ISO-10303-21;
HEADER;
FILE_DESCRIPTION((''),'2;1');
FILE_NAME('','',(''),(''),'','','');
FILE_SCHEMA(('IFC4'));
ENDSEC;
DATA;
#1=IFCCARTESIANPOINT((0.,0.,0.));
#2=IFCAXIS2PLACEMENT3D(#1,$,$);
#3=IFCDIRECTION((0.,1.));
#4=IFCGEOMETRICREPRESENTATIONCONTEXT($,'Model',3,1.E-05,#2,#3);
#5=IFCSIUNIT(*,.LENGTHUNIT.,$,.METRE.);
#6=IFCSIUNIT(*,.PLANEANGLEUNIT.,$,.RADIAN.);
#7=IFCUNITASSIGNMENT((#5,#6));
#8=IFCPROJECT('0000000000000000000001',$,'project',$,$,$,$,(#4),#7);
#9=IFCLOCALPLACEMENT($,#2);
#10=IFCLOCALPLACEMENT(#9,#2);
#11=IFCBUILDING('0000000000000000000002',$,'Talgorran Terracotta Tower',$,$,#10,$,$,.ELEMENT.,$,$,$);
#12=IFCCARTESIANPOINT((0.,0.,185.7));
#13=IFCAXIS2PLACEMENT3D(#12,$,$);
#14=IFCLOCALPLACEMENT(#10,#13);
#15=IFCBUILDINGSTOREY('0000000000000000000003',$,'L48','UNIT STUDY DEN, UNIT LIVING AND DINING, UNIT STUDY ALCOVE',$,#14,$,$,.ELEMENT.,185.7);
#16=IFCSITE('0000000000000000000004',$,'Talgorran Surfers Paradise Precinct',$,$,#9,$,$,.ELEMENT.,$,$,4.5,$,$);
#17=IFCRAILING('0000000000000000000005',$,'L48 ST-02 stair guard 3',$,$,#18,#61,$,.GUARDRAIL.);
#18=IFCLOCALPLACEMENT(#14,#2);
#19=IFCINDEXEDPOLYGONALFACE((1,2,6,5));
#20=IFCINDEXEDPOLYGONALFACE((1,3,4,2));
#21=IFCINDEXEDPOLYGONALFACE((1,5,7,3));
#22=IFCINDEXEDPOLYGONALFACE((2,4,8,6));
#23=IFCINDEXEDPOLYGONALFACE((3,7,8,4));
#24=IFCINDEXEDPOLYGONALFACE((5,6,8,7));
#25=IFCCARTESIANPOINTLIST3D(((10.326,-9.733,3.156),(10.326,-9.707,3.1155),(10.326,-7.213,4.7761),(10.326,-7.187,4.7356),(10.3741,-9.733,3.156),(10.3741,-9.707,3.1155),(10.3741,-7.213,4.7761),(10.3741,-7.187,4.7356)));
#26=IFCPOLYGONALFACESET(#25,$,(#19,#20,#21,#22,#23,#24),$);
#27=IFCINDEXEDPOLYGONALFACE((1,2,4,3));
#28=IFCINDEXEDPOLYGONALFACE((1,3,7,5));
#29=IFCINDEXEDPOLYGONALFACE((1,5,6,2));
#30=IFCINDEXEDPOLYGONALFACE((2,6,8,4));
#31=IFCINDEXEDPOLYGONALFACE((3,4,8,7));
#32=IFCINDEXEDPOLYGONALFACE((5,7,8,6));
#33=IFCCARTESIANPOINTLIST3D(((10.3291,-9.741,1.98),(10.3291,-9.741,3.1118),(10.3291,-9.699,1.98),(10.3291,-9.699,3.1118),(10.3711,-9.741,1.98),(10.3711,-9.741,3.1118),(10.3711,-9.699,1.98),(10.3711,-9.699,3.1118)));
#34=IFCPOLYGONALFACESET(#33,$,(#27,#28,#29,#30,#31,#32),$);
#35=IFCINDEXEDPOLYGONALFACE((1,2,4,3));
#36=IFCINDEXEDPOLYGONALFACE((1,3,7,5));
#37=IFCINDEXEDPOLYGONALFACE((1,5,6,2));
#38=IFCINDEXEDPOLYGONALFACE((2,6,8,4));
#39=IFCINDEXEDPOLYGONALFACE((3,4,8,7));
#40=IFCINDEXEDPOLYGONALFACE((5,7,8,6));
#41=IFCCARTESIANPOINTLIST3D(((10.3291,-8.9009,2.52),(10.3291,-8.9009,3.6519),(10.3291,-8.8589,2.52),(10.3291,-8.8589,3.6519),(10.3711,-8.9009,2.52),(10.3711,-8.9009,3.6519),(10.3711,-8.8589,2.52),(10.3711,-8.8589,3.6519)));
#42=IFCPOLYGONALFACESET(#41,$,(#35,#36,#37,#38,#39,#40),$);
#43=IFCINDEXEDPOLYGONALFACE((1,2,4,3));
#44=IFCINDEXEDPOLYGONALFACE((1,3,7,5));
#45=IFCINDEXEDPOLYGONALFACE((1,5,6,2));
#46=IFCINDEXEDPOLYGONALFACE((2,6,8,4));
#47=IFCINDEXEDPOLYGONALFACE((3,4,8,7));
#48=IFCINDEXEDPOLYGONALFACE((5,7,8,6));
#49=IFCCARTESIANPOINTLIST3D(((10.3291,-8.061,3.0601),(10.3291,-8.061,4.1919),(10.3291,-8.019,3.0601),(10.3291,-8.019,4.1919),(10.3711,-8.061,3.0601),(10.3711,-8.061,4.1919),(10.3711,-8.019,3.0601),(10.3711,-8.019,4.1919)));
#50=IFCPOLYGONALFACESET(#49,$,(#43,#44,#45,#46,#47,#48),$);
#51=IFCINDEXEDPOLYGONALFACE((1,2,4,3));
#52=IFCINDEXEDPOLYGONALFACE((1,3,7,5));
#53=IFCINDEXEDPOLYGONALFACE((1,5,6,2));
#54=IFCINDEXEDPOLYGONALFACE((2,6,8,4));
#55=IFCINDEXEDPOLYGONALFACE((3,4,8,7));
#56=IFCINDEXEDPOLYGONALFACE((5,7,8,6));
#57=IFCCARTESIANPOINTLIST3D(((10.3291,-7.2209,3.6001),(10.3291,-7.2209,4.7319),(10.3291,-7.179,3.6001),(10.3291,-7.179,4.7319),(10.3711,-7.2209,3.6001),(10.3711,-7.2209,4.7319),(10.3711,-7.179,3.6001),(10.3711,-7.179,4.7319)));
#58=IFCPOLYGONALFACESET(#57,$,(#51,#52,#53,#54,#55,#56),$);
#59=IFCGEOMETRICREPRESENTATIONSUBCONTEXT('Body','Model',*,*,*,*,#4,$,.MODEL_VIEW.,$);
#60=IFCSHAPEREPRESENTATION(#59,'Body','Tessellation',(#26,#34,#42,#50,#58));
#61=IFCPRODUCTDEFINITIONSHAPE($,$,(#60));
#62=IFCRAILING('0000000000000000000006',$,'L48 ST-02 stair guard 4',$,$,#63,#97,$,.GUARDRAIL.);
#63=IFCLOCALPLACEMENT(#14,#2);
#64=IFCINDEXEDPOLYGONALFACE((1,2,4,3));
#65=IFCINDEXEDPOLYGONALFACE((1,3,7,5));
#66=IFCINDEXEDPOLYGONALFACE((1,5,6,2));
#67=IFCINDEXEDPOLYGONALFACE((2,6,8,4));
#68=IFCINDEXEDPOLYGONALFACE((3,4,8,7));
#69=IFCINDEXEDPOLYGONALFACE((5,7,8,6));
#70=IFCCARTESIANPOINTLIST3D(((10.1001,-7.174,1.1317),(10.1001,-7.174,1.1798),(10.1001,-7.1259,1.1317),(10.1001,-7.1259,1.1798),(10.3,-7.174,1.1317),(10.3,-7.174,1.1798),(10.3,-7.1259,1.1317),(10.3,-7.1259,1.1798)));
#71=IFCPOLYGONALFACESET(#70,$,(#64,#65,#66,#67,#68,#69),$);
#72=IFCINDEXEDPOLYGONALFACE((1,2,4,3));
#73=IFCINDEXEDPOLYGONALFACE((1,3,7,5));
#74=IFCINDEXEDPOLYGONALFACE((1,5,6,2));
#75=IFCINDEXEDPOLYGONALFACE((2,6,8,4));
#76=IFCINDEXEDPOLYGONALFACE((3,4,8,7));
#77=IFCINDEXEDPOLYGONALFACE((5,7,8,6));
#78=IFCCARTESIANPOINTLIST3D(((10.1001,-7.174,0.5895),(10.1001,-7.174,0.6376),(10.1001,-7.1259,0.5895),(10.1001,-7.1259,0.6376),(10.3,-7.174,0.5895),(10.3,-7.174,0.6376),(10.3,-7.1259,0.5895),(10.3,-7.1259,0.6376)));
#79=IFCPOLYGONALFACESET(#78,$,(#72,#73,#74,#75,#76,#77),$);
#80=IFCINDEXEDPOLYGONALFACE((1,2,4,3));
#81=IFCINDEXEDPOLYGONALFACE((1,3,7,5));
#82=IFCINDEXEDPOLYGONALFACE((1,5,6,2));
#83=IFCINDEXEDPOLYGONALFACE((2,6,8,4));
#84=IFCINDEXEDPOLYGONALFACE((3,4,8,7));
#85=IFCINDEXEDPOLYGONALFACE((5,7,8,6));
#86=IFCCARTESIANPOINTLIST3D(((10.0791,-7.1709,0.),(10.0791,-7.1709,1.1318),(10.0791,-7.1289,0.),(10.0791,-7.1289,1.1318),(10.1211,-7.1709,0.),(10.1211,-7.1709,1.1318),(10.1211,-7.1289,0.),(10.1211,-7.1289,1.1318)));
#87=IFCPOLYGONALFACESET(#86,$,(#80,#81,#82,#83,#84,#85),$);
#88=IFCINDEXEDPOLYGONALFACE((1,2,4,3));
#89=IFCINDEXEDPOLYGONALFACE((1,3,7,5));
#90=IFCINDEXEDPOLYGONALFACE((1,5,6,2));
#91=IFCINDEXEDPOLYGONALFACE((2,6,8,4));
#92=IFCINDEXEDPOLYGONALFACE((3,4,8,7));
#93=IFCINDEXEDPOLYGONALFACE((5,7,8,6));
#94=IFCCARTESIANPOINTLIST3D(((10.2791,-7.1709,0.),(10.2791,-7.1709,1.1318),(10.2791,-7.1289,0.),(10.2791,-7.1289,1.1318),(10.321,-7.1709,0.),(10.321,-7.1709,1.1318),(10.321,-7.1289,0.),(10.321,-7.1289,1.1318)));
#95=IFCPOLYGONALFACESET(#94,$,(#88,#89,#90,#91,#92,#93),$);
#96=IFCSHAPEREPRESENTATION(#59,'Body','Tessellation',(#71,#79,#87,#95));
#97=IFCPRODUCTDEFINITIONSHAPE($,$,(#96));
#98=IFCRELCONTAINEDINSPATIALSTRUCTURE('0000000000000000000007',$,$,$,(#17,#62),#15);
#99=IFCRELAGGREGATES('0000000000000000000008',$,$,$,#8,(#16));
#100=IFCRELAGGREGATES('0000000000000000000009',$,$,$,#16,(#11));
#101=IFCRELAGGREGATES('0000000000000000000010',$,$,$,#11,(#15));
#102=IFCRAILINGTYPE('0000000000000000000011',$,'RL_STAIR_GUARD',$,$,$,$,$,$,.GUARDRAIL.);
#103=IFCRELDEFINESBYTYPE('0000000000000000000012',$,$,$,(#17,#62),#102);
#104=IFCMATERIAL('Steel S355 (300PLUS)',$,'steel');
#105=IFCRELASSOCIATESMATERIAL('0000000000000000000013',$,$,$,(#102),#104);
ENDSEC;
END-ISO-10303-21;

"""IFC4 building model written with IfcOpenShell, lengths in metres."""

from ifc_helpers import new_model, si_unit, direction, frame, origin, origin_2d, place, context, subcontext, project, spatial, rectangle, extrude, material, type_object, element, save


model = new_model("IFC4")

# Units and contexts
model_context = context("Model", 3, precision=1e-05, world=origin(), true_north=direction((0.0, 1.0)))
body_context = subcontext(model_context, "Body", "Model", "MODEL_VIEW")
ifc_project = project(units=[si_unit("LENGTHUNIT", "METRE"), si_unit("PLANEANGLEUNIT", "RADIAN")], contexts=[model_context])

# Site, building, storey
site_placement = place(None, origin())
site = spatial("IfcSite", under=ifc_project, at=site_placement, Name="Talgorran Surfers Paradise Precinct", CompositionType="ELEMENT", RefElevation=4.5)
building_placement = place(site_placement, origin())
building = spatial("IfcBuilding", under=site, at=building_placement, Name="Talgorran Terracotta Tower", CompositionType="ELEMENT")
storey_placement = place(building_placement, frame((0.0, 0.0, 185.7)))
storey = spatial("IfcBuildingStorey", under=building, at=storey_placement, Name="L48", Description="UNIT STUDY DEN, UNIT LIVING AND DINING, UNIT STUDY ALCOVE", CompositionType="ELEMENT", Elevation=185.7)

# Shared definitions
ifc_material_1 = material(Name="Steel S355 (300PLUS)", Category="steel")

# Railings
railing_type_1 = type_object("IfcRailingType", Name="RL_STAIR_GUARD", PredefinedType="GUARDRAIL", material=ifc_material_1)
railing_1_placement = place(storey_placement, frame((10.3501, -9.72, 1.98)))
element("IfcRailing", 1, at=railing_1_placement, inside=storey, type_object=railing_type_1, Name="L48 ST-02 stair guard 3", PredefinedType="GUARDRAIL", context=body_context, shape_type="SweptSolid", body=[
    extrude(rectangle(XDim=0.0481, YDim=0.0481, at=origin_2d()), frame((0.0, 0.0, 1.1558), z_axis=(0.0, 0.841163, 0.540782), x_axis=(-1.0, 0.0, 0.0)), (0.0, 0.0, 1.0), 2.9958),
    extrude(rectangle(XDim=0.042, YDim=0.042, at=origin_2d()), origin(), (0.0, 0.0, 1.0), 1.1318),
    extrude(rectangle(XDim=0.042, YDim=0.042, at=origin_2d()), frame((0.0, 0.8401, 0.54)), (0.0, 0.0, 1.0), 1.1318),
    extrude(rectangle(XDim=0.042, YDim=0.042, at=origin_2d()), frame((0.0, 1.6799, 1.0801)), (0.0, 0.0, 1.0), 1.1318),
    extrude(rectangle(XDim=0.042, YDim=0.042, at=origin_2d()), frame((0.0, 2.52, 1.6201)), (0.0, 0.0, 1.0), 1.1318),
])
railing_2_placement = place(storey_placement, frame((10.1001, -7.1499, 0.0)))
element("IfcRailing", 2, at=railing_2_placement, inside=storey, type_object=railing_type_1, Name="L48 ST-02 stair guard 4", PredefinedType="GUARDRAIL", context=body_context, shape_type="SweptSolid", body=[
    extrude(rectangle(XDim=0.0481, YDim=0.0481, at=origin_2d()), frame((0.0, 0.0, 1.1558), z_axis=(1.0, 0.0, 0.0), x_axis=(0.0, 1.0, 0.0)), (0.0, 0.0, 1.0), 0.2),
    extrude(rectangle(XDim=0.0481, YDim=0.0481, at=origin_2d()), frame((0.0, 0.0, 0.6135), z_axis=(1.0, 0.0, 0.0), x_axis=(0.0, 1.0, 0.0)), (0.0, 0.0, 1.0), 0.2),
    extrude(rectangle(XDim=0.042, YDim=0.042, at=origin_2d()), origin(), (0.0, 0.0, 1.0), 1.1318),
    extrude(rectangle(XDim=0.042, YDim=0.042, at=origin_2d()), frame((0.2, 0.0, 0.0)), (0.0, 0.0, 1.0), 1.1318),
])

save(model, "model.ifc")
